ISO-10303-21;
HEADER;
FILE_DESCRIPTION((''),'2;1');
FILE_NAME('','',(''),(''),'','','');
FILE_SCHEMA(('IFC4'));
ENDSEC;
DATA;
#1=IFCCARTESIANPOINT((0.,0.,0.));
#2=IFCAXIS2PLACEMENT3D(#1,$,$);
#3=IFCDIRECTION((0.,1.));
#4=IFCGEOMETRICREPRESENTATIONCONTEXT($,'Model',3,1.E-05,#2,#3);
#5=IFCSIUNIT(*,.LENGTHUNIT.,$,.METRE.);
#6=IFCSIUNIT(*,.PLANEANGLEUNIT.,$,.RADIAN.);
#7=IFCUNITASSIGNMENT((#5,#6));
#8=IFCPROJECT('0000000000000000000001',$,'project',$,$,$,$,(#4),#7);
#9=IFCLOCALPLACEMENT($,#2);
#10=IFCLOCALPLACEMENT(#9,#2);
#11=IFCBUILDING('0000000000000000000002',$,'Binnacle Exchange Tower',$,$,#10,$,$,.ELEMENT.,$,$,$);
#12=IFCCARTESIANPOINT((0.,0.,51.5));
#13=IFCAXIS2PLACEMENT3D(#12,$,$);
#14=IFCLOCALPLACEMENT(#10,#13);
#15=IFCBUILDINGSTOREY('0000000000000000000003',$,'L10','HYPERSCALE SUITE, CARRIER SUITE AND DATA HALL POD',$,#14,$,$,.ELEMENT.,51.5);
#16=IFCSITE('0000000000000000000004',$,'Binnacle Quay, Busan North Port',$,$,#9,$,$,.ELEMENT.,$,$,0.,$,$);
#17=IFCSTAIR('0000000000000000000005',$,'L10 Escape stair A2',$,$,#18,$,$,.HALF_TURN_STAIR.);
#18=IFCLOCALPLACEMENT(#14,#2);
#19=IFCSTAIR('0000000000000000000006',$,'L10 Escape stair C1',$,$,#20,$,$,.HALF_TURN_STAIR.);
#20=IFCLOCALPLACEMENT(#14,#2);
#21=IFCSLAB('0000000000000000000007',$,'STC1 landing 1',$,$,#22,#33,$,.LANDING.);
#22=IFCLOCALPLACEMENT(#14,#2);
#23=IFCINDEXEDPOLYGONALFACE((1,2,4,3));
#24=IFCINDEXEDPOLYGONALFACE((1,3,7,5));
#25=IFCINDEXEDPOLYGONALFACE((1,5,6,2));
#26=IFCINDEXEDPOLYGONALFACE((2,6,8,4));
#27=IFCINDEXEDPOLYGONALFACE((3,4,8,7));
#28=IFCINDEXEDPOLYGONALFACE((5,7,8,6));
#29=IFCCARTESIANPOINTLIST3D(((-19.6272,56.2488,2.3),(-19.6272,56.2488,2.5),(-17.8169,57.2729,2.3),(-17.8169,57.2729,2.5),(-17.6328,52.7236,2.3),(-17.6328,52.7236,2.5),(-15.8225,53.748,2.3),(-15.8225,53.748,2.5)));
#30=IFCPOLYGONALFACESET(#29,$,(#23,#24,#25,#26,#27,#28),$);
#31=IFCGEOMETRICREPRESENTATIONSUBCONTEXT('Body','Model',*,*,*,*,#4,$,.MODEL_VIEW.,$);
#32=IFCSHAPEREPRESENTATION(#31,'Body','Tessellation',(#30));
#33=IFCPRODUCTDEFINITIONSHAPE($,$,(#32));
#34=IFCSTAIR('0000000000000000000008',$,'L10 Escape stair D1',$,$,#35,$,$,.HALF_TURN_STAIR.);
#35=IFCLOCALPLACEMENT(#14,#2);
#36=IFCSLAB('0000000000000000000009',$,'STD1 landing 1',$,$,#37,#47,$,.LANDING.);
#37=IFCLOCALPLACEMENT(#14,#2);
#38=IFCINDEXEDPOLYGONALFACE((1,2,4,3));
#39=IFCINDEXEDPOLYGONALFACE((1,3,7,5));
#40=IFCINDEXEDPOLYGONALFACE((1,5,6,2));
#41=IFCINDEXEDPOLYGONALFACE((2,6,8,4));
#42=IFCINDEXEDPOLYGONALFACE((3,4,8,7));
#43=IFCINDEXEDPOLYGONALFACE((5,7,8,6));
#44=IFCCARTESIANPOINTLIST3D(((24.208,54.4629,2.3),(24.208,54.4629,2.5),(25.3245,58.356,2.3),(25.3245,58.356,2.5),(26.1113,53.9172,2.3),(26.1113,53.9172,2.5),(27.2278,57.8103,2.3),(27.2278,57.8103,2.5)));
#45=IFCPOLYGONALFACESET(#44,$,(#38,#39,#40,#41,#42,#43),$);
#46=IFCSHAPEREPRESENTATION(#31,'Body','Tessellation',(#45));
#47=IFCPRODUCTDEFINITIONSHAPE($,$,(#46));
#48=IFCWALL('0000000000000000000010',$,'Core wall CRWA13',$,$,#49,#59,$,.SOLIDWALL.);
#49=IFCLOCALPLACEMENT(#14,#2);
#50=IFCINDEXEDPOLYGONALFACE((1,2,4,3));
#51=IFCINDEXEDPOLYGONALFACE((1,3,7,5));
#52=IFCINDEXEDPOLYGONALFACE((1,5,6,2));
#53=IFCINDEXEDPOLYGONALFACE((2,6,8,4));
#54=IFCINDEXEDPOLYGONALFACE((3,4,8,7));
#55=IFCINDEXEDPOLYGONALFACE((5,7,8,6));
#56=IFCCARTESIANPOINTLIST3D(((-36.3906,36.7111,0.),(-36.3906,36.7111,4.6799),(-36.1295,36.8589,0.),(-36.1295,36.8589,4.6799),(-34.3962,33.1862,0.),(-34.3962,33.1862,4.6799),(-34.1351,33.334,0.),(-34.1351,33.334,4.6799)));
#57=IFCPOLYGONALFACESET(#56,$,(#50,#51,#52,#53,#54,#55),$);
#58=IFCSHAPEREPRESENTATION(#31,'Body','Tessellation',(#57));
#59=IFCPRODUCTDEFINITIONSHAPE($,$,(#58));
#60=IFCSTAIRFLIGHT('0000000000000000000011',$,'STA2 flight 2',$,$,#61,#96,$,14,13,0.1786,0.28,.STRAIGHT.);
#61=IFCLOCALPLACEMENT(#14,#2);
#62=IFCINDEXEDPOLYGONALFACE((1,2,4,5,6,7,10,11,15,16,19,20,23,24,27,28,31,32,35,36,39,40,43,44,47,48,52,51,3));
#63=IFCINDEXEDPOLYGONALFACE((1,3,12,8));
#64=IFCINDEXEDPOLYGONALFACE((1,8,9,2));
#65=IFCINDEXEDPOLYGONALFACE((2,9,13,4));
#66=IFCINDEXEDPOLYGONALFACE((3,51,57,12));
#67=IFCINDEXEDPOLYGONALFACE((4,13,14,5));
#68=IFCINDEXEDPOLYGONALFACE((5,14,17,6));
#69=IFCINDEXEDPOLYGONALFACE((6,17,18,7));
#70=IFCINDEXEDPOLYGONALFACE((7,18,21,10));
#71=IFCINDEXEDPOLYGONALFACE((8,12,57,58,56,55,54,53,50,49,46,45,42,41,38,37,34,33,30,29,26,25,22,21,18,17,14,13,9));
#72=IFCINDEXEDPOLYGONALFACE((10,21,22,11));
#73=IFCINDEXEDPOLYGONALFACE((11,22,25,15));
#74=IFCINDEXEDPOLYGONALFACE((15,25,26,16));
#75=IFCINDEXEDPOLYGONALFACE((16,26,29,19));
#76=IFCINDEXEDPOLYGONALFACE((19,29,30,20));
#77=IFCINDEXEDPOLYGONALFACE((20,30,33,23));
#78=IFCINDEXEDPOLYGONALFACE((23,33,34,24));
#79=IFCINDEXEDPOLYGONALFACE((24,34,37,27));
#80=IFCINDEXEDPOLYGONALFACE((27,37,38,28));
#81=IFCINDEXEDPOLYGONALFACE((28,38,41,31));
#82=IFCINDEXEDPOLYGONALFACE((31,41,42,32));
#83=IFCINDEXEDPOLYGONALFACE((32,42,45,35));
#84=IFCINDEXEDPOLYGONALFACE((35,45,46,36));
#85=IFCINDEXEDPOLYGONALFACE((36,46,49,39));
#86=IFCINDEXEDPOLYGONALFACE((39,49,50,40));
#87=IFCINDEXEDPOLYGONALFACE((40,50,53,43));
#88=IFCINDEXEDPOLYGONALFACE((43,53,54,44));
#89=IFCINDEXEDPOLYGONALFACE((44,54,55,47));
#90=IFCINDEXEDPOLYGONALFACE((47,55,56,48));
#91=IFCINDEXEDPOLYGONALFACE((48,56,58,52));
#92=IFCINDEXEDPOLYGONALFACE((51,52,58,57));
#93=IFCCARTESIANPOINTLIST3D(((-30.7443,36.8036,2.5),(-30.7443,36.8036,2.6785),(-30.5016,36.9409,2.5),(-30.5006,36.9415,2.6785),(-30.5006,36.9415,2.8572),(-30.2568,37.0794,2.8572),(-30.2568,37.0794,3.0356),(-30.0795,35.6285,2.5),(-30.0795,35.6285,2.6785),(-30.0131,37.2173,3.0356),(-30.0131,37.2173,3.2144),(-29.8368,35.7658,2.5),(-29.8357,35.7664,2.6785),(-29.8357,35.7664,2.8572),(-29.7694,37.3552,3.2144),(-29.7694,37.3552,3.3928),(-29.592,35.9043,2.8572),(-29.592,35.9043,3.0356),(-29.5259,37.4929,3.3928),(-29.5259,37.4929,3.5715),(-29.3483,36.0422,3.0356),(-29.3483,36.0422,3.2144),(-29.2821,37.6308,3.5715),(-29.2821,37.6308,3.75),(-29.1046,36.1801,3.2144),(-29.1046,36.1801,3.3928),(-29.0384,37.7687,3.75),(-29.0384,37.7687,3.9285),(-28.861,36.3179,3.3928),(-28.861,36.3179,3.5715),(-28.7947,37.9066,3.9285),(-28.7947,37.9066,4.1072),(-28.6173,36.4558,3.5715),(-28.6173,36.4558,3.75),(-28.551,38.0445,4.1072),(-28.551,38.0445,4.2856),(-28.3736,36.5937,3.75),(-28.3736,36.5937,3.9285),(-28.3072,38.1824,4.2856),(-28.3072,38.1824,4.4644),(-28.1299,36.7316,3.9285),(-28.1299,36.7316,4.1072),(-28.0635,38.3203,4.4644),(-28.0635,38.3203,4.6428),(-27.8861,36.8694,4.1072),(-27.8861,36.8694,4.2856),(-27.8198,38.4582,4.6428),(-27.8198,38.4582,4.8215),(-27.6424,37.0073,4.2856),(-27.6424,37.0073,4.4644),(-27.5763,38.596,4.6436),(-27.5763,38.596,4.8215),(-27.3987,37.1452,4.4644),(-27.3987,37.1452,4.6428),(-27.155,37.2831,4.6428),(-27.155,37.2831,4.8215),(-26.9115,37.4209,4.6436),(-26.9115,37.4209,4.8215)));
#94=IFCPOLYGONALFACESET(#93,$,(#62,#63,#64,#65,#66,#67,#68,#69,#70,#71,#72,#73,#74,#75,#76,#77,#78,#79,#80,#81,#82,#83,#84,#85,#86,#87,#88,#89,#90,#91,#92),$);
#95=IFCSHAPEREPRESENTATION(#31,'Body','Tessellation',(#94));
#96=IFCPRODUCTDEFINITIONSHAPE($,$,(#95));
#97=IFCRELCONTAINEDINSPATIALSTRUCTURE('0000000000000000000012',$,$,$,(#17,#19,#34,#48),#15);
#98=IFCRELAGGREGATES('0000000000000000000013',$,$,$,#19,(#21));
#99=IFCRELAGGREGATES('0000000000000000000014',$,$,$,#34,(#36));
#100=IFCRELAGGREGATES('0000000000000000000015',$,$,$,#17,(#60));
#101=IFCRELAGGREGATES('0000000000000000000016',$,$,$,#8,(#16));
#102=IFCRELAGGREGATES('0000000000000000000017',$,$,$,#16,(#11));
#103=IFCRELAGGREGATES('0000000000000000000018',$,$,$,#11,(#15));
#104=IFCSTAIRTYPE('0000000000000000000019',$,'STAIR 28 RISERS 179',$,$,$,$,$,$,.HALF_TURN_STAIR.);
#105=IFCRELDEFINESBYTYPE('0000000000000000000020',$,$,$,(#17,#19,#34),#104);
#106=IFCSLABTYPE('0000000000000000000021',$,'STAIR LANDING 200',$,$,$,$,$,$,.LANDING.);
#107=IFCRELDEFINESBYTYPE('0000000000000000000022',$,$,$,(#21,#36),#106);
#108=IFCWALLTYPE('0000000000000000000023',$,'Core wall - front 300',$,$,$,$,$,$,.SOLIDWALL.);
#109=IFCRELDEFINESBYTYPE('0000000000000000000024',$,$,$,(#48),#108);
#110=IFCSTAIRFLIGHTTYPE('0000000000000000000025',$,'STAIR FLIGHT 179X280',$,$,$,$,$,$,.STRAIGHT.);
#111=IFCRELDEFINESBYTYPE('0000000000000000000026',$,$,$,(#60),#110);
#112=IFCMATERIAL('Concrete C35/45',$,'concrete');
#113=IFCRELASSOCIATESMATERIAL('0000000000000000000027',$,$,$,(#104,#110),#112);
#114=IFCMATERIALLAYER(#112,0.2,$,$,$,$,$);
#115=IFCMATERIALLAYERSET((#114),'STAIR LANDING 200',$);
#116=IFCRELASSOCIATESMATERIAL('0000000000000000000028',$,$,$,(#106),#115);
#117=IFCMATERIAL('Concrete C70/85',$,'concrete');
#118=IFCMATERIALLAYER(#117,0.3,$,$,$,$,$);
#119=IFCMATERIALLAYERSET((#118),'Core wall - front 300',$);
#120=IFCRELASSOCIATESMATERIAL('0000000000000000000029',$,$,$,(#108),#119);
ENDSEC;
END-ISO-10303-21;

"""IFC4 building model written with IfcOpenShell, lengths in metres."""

from ifc_helpers import new_model, si_unit, direction, frame, frame_2d, origin, place, context, subcontext, project, spatial, polyline, rectangle, outline, extrude, material, layer, layer_set, type_object, element, aggregate, save


model = new_model("IFC4")

# Units and contexts
model_context = context("Model", 3, precision=1e-05, world=origin(), true_north=direction((0.0, 1.0)))
body_context = subcontext(model_context, "Body", "Model", "MODEL_VIEW")
ifc_project = project(units=[si_unit("LENGTHUNIT", "METRE"), si_unit("PLANEANGLEUNIT", "RADIAN")], contexts=[model_context])

# Site, building, storey
site_placement = place(None, origin())
site = spatial("IfcSite", under=ifc_project, at=site_placement, Name="Binnacle Quay, Busan North Port", CompositionType="ELEMENT", RefElevation=0.0)
building_placement = place(site_placement, origin())
building = spatial("IfcBuilding", under=site, at=building_placement, Name="Binnacle Exchange Tower", CompositionType="ELEMENT")
storey_placement = place(building_placement, frame((0.0, 0.0, 51.5)))
storey = spatial("IfcBuildingStorey", under=building, at=storey_placement, Name="L10", Description="HYPERSCALE SUITE, CARRIER SUITE AND DATA HALL POD", CompositionType="ELEMENT", Elevation=51.5)

# Shared definitions
ifc_material_1 = material(Name="Concrete C70/85", Category="concrete")

# Shared definitions
ifc_material_2 = material(Name="Concrete C35/45", Category="concrete")

# Stairs, slabs
stair_type = type_object("IfcStairType", Name="STAIR 28 RISERS 179", PredefinedType="HALF_TURN_STAIR", material=ifc_material_2)
ifc_layer_1 = layer(ifc_material_2, 0.2)
ifc_layer_set_1 = layer_set([ifc_layer_1], Name="STAIR LANDING 200")
slab_type_1 = type_object("IfcSlabType", Name="STAIR LANDING 200", PredefinedType="LANDING", material=ifc_layer_set_1)
stair_1_placement = place(storey_placement, origin())
stair_1 = element("IfcStair", 1, at=stair_1_placement, inside=storey, type_object=stair_type, Name="L10 Escape stair A2", PredefinedType="HALF_TURN_STAIR")
stair_2_placement = place(storey_placement, origin())
stair_2 = element("IfcStair", 2, at=stair_2_placement, inside=storey, type_object=stair_type, Name="L10 Escape stair C1", PredefinedType="HALF_TURN_STAIR")
slab_1_placement = place(storey_placement, frame((0.0, 0.0, 2.3)))
slab_1 = element("IfcSlab", 3, at=slab_1_placement, type_object=slab_type_1, Name="STC1 landing 1", PredefinedType="LANDING", context=body_context, shape_type="SweptSolid", body=[
    extrude(outline(polyline([(-17.6328, 52.7236), (-15.8225, 53.748), (-17.8169, 57.2729), (-19.6272, 56.2488), (-17.6328, 52.7236)])), origin(), (0.0, 0.0, 1.0), 0.2),
])
aggregate(stair_2, [slab_1])
stair_3_placement = place(storey_placement, origin())
stair_3 = element("IfcStair", 4, at=stair_3_placement, inside=storey, type_object=stair_type, Name="L10 Escape stair D1", PredefinedType="HALF_TURN_STAIR")
slab_2_placement = place(storey_placement, frame((0.0, 0.0, 2.3)))
slab_2 = element("IfcSlab", 5, at=slab_2_placement, type_object=slab_type_1, Name="STD1 landing 1", PredefinedType="LANDING", context=body_context, shape_type="SweptSolid", body=[
    extrude(outline(polyline([(24.208, 54.4629), (26.1113, 53.9172), (27.2278, 57.8103), (25.3245, 58.356), (24.208, 54.4629)])), origin(), (0.0, 0.0, 1.0), 0.2),
])
aggregate(stair_3, [slab_2])

# Wall
ifc_layer_2 = layer(ifc_material_1, 0.3)
ifc_layer_set_2 = layer_set([ifc_layer_2], Name="Core wall - front 300")
wall_type = type_object("IfcWallType", Name="Core wall - front 300", PredefinedType="SOLIDWALL", material=ifc_layer_set_2)
wall_placement = place(storey_placement, frame((-36.26, 36.7849, 0.0), z_axis=(0.0, 0.0, 1.0), x_axis=(0.492441, -0.870346, 0.0)))
element("IfcWall", 6, at=wall_placement, inside=storey, type_object=wall_type, Name="Core wall CRWA13", PredefinedType="SOLIDWALL", context=body_context, shape_type="SweptSolid", body=[
    extrude(rectangle(XDim=4.05, YDim=0.3, at=frame_2d((2.0249, 0.0))), origin(), (0.0, 0.0, 1.0), 4.6799),
])

# Stair flight
stair_flight_type = type_object("IfcStairFlightType", Name="STAIR FLIGHT 179X280", PredefinedType="STRAIGHT", material=ifc_material_2)
stair_flight_placement = place(storey_placement, frame((-30.4119, 36.2161, 2.5), z_axis=(0.0, 0.0, 1.0), x_axis=(0.870356, 0.492424, 0.0)))
stair_flight = element("IfcStairFlight", 7, at=stair_flight_placement, type_object=stair_flight_type, Name="STA2 flight 2", NumberOfRisers=14, NumberOfTreads=13, PredefinedType="STRAIGHT", RiserHeight=0.1786, TreadLength=0.28, context=body_context, shape_type="SweptSolid", body=[
    extrude(outline(polyline([(0.0, 0.0), (0.0, 0.1785), (0.28, 0.1785), (0.28, 0.3572), (0.5601, 0.3572), (0.5601, 0.5356), (0.8401, 0.5356), (0.8401, 0.7144), (1.1201, 0.7144), (1.1201, 0.8928), (1.3999, 0.8928), (1.3999, 1.0715), (1.6799, 1.0715), (1.6799, 1.25), (1.96, 1.25), (1.96, 1.4285), (2.24, 1.4285), (2.24, 1.6072), (2.52, 1.6072), (2.52, 1.7856), (2.8, 1.7856), (2.8, 1.9644), (3.0801, 1.9644), (3.0801, 2.1428), (3.3601, 2.1428), (3.3601, 2.3215), (3.6399, 2.3215), (3.6399, 2.5), (3.6399, 2.1436), (0.2788, 0.0), (0.0, 0.0)])), frame((0.0, 0.675, 0.0), z_axis=(0.0, -1.0, 0.0), x_axis=(1.0, 0.0, 0.0)), (0.0, 0.0, 1.0), 1.3501),
])
aggregate(stair_1, [stair_flight])

save(model, "model.ifc")
